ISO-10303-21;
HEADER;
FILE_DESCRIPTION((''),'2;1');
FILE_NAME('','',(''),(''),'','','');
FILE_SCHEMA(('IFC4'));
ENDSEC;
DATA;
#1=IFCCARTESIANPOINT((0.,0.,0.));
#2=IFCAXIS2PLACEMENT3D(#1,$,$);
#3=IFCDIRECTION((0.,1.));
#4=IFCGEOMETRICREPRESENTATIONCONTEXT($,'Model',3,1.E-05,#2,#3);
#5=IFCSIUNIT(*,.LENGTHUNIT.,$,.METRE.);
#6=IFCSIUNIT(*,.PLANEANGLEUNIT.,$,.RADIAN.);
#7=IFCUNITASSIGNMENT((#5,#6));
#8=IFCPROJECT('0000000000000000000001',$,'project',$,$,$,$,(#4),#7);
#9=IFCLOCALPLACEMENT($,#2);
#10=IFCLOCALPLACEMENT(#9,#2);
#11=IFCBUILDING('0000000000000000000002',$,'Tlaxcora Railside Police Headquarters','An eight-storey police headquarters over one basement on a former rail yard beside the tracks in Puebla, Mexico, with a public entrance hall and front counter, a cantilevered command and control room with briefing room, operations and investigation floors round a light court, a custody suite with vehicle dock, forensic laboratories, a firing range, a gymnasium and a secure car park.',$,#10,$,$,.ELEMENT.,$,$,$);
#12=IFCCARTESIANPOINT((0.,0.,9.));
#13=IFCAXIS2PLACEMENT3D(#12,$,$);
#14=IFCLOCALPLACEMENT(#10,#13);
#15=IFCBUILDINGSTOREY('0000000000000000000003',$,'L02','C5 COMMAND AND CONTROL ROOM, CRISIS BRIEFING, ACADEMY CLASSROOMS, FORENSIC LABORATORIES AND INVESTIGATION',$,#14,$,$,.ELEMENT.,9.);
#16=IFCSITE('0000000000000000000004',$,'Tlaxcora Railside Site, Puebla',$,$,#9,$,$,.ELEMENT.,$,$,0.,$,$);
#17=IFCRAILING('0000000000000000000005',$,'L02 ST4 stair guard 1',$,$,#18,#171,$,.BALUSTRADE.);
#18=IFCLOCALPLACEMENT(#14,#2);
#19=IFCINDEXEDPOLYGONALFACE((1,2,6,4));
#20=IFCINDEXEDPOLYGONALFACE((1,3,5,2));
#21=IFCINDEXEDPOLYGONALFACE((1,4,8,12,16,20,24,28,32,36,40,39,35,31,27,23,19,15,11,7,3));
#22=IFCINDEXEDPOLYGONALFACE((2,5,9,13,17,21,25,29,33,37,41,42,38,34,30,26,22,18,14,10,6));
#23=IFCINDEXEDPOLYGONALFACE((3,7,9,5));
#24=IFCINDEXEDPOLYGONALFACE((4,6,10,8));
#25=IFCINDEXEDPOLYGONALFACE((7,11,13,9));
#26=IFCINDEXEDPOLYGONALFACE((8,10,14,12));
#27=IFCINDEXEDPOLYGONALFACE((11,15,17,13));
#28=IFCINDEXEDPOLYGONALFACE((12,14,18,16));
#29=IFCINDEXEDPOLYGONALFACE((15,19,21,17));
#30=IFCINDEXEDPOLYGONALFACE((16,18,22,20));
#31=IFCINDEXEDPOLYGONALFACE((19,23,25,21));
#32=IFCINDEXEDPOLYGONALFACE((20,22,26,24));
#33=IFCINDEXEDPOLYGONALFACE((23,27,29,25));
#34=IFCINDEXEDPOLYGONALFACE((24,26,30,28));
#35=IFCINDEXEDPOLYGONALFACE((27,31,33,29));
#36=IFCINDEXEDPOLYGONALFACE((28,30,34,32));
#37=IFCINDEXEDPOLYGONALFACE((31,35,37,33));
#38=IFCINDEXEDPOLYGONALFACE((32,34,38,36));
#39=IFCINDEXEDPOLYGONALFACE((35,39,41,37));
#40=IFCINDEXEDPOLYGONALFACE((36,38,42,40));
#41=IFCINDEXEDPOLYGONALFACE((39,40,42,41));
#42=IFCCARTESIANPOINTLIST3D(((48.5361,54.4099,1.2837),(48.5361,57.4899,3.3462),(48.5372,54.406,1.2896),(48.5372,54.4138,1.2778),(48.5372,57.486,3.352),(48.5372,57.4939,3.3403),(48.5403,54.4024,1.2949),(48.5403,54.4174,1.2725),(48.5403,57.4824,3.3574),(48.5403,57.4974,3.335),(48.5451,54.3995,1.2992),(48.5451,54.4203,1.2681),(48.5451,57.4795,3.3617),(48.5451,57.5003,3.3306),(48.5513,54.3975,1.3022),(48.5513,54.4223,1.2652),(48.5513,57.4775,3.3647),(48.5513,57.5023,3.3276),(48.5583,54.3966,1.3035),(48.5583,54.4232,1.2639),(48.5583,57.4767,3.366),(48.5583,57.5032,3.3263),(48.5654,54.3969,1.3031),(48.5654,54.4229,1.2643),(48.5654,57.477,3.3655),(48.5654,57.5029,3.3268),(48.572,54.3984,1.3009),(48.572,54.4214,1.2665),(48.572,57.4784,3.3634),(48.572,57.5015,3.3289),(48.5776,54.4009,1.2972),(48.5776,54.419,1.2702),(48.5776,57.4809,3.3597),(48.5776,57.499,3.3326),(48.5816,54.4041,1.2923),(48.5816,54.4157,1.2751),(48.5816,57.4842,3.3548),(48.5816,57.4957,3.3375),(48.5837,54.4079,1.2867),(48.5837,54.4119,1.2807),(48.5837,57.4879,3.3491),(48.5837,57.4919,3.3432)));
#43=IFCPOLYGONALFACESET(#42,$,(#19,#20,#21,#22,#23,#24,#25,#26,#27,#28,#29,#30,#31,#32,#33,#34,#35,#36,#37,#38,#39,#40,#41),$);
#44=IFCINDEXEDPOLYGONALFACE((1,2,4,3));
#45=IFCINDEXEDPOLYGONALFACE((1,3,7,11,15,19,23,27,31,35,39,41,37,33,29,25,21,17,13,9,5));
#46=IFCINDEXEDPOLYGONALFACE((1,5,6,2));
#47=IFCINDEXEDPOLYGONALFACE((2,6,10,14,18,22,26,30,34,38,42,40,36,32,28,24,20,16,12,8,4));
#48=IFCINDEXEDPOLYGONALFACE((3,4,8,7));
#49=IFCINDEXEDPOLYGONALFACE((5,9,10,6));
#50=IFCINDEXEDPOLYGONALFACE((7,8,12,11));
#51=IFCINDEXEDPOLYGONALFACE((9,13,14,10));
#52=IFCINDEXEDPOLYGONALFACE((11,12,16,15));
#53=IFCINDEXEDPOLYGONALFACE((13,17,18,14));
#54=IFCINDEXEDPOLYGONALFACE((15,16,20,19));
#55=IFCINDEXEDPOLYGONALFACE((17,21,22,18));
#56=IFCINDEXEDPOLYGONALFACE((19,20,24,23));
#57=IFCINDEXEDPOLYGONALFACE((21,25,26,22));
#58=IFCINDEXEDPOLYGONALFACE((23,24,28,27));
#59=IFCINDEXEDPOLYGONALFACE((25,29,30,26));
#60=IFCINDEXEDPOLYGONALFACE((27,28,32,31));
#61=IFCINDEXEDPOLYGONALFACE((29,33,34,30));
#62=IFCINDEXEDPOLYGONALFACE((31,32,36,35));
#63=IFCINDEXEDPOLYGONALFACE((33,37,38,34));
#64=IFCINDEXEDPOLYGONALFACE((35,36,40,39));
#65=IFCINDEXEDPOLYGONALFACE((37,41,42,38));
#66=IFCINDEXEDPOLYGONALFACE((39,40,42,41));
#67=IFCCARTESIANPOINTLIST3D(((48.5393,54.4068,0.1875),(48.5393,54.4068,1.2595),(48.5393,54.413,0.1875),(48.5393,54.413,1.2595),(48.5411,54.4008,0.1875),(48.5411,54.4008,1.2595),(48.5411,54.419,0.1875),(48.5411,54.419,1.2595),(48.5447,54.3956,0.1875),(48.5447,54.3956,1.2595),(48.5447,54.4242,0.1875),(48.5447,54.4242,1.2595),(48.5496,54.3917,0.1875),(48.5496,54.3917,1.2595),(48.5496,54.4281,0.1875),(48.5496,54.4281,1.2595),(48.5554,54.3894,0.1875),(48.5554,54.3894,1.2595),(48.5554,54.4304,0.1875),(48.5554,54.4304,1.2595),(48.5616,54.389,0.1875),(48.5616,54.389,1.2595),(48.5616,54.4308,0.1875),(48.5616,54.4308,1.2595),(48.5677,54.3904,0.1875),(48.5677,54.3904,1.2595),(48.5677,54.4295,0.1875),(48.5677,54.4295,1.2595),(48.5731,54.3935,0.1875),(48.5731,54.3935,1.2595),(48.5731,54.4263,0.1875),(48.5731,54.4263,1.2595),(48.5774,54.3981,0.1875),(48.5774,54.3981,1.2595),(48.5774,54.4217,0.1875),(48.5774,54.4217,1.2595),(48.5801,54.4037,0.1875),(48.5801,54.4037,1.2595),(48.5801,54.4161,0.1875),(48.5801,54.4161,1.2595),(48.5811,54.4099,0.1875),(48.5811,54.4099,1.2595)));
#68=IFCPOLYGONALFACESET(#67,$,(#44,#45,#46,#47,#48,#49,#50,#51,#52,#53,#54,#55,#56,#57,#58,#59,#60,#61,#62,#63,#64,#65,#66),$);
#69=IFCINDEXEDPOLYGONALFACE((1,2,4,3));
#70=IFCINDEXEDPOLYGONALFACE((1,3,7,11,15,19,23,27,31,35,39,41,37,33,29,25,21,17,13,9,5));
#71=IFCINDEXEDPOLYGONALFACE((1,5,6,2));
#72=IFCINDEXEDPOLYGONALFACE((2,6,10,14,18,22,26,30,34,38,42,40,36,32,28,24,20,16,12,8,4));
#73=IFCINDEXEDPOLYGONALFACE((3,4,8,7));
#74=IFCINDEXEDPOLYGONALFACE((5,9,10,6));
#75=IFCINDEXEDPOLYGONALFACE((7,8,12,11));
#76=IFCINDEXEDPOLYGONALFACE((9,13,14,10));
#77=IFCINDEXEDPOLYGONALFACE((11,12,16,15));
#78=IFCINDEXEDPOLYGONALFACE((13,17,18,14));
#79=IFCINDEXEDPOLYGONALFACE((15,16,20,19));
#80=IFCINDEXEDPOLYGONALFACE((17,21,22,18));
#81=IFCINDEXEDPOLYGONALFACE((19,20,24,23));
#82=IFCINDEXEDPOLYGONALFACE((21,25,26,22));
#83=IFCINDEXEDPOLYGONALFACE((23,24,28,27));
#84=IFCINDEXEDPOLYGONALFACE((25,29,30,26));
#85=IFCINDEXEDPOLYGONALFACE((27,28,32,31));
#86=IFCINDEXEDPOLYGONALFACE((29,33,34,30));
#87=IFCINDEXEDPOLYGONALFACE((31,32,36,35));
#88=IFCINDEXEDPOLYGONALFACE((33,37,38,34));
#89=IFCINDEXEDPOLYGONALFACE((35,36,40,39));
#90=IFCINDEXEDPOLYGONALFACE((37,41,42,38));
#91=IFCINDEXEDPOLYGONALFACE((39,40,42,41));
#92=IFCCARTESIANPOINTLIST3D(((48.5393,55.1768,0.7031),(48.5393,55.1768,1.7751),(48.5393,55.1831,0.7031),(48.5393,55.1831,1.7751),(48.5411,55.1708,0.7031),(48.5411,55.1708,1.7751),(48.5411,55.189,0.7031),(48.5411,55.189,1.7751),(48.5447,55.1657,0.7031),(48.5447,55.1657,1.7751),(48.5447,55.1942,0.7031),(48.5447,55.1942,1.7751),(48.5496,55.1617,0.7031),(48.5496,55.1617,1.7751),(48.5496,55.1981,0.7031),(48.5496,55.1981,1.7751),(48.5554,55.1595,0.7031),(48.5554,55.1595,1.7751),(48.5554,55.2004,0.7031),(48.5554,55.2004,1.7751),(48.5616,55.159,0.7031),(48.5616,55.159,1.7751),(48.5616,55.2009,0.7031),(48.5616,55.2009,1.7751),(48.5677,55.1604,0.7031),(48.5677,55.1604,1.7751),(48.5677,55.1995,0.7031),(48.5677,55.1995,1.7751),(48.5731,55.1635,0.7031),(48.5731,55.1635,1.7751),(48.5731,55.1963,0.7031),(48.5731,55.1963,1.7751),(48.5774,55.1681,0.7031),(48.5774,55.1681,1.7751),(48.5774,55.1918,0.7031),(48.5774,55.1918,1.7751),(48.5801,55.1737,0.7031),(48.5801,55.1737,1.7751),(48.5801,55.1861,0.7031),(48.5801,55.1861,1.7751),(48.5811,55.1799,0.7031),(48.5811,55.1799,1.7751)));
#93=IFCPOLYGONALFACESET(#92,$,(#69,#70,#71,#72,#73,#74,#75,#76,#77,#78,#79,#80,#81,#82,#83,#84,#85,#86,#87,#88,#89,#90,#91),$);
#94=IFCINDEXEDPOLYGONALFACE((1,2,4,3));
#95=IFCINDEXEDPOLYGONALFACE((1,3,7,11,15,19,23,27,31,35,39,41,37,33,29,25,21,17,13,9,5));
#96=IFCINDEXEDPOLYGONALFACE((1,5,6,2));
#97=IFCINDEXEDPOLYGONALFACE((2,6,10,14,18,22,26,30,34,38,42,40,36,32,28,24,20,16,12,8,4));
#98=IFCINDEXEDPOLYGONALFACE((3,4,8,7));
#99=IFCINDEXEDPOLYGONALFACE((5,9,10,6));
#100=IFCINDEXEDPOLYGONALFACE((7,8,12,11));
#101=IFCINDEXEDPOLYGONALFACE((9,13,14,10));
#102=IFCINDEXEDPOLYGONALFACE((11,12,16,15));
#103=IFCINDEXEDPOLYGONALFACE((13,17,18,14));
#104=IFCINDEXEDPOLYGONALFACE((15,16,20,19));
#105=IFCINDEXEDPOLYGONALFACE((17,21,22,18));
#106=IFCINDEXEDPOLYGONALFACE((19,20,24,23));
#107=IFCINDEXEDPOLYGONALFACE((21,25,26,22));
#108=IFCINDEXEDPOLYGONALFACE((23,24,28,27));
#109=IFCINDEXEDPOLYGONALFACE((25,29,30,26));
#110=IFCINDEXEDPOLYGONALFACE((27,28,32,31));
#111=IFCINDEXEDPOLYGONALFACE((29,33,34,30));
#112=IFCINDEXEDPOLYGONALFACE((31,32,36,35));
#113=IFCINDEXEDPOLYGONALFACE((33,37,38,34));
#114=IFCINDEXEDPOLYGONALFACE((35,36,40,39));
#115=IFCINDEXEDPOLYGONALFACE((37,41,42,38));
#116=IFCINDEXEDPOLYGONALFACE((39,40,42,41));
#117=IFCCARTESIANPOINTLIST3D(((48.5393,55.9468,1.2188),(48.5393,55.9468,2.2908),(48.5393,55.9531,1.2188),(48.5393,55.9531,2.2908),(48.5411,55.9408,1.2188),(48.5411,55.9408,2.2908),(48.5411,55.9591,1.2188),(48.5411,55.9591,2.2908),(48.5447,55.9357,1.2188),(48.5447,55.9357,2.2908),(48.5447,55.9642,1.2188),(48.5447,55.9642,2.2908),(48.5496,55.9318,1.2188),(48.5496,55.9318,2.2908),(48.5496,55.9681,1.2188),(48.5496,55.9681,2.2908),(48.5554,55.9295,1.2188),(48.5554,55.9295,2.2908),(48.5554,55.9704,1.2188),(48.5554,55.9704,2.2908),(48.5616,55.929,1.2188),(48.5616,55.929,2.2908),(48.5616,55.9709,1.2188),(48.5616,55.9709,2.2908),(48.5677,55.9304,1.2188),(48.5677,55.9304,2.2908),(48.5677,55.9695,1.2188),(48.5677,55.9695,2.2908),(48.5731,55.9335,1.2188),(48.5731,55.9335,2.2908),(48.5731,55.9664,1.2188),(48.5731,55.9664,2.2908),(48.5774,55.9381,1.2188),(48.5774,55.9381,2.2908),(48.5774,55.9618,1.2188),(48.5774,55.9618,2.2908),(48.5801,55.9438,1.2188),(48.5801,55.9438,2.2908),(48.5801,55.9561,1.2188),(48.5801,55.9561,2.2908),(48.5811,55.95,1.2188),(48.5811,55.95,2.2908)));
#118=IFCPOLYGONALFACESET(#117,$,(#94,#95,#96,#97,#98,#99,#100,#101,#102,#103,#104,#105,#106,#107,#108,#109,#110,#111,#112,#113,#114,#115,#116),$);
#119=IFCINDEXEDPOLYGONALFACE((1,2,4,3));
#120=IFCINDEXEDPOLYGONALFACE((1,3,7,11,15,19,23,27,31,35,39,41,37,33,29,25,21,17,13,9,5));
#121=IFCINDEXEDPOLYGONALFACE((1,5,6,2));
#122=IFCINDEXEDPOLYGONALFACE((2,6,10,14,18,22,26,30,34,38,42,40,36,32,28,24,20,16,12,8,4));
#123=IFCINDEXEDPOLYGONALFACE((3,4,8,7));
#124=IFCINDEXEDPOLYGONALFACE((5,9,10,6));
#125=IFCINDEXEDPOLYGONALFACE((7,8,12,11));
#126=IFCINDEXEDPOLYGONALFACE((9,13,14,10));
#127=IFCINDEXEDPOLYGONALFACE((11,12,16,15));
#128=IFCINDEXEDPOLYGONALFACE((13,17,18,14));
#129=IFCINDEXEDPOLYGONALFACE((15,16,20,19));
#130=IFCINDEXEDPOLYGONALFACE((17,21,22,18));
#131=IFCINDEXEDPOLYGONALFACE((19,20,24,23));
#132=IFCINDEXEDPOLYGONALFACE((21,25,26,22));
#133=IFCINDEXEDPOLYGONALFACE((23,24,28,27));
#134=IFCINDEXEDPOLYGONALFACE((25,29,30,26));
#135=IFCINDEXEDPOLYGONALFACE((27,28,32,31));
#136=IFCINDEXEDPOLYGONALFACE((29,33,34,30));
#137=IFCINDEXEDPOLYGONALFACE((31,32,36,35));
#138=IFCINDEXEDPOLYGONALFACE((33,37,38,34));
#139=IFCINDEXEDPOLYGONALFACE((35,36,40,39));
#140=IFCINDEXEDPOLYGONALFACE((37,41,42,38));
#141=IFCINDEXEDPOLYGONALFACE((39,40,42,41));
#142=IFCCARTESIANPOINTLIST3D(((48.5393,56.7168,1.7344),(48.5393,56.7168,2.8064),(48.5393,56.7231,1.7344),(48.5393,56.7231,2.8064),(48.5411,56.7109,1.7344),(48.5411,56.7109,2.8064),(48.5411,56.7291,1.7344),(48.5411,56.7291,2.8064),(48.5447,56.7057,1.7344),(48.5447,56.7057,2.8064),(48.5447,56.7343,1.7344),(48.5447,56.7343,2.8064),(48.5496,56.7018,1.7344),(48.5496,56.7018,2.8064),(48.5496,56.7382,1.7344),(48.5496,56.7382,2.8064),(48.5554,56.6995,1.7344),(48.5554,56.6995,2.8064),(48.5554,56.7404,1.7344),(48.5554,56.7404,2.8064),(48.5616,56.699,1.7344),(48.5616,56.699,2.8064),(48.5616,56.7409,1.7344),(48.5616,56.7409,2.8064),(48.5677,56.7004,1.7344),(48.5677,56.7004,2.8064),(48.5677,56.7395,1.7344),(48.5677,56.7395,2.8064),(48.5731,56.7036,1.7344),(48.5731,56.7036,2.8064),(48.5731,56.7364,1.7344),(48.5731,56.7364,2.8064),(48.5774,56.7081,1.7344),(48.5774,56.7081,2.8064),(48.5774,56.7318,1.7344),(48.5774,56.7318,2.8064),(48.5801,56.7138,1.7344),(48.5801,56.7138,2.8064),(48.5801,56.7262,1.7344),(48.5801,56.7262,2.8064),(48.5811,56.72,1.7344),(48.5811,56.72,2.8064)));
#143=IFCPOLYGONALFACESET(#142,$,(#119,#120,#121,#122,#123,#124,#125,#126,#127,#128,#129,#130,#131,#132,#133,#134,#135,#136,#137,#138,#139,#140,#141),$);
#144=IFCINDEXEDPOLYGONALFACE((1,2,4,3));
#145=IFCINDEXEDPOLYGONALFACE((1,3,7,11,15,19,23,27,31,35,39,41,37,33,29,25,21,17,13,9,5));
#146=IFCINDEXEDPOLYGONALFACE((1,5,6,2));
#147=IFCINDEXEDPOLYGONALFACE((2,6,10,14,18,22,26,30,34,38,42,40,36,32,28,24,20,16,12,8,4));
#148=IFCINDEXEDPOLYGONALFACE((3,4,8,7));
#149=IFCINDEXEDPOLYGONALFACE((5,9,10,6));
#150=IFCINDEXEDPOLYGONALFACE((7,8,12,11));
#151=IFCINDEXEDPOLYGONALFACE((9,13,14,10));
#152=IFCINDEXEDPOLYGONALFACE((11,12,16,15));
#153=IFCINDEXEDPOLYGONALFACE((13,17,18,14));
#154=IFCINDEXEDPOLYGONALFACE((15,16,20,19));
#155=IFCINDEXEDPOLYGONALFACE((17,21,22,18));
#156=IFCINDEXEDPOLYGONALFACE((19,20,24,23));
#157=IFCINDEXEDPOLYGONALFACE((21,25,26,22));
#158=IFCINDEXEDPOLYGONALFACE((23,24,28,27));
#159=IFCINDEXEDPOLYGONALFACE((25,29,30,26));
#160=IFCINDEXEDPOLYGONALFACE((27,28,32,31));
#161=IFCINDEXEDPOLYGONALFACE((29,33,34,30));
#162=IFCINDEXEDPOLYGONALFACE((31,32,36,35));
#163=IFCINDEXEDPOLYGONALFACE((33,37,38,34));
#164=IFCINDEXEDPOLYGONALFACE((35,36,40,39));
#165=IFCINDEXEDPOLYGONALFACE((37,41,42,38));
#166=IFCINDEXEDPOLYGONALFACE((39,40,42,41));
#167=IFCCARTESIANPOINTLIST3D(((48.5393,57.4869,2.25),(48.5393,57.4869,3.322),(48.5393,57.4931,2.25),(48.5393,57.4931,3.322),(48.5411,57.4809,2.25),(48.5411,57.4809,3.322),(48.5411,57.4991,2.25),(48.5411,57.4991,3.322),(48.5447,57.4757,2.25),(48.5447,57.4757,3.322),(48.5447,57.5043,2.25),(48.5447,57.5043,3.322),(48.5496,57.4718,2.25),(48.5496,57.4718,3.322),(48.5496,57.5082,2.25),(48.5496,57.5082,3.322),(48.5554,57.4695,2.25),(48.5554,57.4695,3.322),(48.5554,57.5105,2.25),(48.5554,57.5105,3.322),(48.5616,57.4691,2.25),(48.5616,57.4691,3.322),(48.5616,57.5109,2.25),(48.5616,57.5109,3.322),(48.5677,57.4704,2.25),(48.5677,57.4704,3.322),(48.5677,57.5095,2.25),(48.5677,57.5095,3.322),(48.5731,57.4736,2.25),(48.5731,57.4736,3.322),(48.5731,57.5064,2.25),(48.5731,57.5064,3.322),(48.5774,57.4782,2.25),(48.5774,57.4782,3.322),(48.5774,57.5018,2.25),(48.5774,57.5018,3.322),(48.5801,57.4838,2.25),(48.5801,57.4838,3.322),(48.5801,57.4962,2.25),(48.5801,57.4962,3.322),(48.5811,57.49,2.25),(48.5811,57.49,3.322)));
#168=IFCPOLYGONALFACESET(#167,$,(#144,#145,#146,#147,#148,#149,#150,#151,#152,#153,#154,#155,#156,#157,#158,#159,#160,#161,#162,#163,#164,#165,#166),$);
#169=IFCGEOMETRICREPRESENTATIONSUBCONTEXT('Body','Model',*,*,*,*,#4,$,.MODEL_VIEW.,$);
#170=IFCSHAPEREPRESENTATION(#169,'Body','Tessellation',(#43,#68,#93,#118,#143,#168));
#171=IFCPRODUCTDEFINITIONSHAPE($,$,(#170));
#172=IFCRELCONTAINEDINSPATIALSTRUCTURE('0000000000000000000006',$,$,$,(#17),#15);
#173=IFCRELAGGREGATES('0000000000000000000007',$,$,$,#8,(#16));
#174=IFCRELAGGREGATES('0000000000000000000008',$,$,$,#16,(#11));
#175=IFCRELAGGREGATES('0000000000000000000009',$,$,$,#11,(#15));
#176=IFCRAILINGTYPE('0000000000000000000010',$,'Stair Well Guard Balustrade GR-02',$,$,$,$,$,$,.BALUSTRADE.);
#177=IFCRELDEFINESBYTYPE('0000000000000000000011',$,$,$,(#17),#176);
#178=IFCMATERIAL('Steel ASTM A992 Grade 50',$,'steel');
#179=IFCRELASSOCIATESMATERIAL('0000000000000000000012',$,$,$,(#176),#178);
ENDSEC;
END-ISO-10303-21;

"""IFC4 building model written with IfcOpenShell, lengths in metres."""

from ifc_helpers import new_model, si_unit, direction, frame, origin, origin_2d, place, context, subcontext, project, spatial, circle, extrude, material, type_object, element, save


model = new_model("IFC4")

# Units and contexts
model_context = context("Model", 3, precision=1e-05, world=origin(), true_north=direction((0.0, 1.0)))
body_context = subcontext(model_context, "Body", "Model", "MODEL_VIEW")
ifc_project = project(units=[si_unit("LENGTHUNIT", "METRE"), si_unit("PLANEANGLEUNIT", "RADIAN")], contexts=[model_context])

# Site, building, storey
site_placement = place(None, origin())
site = spatial("IfcSite", under=ifc_project, at=site_placement, Name="Tlaxcora Railside Site, Puebla", CompositionType="ELEMENT", RefElevation=0.0)
building_placement = place(site_placement, origin())
building = spatial("IfcBuilding", under=site, at=building_placement, Name="Tlaxcora Railside Police Headquarters", Description="An eight-storey police headquarters over one basement on a former rail yard beside the tracks in Puebla, Mexico, with a public entrance hall and front counter, a cantilevered command and control room with briefing room, operations and investigation floors round a light court, a custody suite with vehicle dock, forensic laboratories, a firing range, a gymnasium and a secure car park.", CompositionType="ELEMENT")
storey_placement = place(building_placement, frame((0.0, 0.0, 9.0)))
storey = spatial("IfcBuildingStorey", under=building, at=storey_placement, Name="L02", Description="C5 COMMAND AND CONTROL ROOM, CRISIS BRIEFING, ACADEMY CLASSROOMS, FORENSIC LABORATORIES AND INVESTIGATION", CompositionType="ELEMENT", Elevation=9.0)

# Shared definitions
ifc_material_1 = material(Name="Steel ASTM A992 Grade 50", Category="steel")

# Railing
railing_type_1 = type_object("IfcRailingType", Name="Stair Well Guard Balustrade GR-02", PredefinedType="BALUSTRADE", material=ifc_material_1)
railing_1_placement = place(storey_placement, frame((48.5601, 54.4099, 0.1875)))
element("IfcRailing", 1, at=railing_1_placement, inside=storey, type_object=railing_type_1, Name="L02 ST4 stair guard 1", PredefinedType="BALUSTRADE", context=body_context, shape_type="SweptSolid", body=[
    extrude(circle(Radius=0.0239, at=origin_2d()), frame((0.0, 0.0, 1.0962), z_axis=(0.0, 0.830914, 0.556401), x_axis=(-1.0, 0.0, 0.0)), (0.0, 0.0, 1.0), 3.7068),
    extrude(circle(Radius=0.021, at=origin_2d()), origin(), (0.0, 0.0, 1.0), 1.072),
    extrude(circle(Radius=0.021, at=origin_2d()), frame((0.0, 0.77, 0.5156)), (0.0, 0.0, 1.0), 1.072),
    extrude(circle(Radius=0.021, at=origin_2d()), frame((0.0, 1.54, 1.0312)), (0.0, 0.0, 1.0), 1.072),
    extrude(circle(Radius=0.021, at=origin_2d()), frame((0.0, 2.3101, 1.5469)), (0.0, 0.0, 1.0), 1.072),
    extrude(circle(Radius=0.021, at=origin_2d()), frame((0.0, 3.0801, 2.0625)), (0.0, 0.0, 1.0), 1.072),
])

save(model, "model.ifc")
